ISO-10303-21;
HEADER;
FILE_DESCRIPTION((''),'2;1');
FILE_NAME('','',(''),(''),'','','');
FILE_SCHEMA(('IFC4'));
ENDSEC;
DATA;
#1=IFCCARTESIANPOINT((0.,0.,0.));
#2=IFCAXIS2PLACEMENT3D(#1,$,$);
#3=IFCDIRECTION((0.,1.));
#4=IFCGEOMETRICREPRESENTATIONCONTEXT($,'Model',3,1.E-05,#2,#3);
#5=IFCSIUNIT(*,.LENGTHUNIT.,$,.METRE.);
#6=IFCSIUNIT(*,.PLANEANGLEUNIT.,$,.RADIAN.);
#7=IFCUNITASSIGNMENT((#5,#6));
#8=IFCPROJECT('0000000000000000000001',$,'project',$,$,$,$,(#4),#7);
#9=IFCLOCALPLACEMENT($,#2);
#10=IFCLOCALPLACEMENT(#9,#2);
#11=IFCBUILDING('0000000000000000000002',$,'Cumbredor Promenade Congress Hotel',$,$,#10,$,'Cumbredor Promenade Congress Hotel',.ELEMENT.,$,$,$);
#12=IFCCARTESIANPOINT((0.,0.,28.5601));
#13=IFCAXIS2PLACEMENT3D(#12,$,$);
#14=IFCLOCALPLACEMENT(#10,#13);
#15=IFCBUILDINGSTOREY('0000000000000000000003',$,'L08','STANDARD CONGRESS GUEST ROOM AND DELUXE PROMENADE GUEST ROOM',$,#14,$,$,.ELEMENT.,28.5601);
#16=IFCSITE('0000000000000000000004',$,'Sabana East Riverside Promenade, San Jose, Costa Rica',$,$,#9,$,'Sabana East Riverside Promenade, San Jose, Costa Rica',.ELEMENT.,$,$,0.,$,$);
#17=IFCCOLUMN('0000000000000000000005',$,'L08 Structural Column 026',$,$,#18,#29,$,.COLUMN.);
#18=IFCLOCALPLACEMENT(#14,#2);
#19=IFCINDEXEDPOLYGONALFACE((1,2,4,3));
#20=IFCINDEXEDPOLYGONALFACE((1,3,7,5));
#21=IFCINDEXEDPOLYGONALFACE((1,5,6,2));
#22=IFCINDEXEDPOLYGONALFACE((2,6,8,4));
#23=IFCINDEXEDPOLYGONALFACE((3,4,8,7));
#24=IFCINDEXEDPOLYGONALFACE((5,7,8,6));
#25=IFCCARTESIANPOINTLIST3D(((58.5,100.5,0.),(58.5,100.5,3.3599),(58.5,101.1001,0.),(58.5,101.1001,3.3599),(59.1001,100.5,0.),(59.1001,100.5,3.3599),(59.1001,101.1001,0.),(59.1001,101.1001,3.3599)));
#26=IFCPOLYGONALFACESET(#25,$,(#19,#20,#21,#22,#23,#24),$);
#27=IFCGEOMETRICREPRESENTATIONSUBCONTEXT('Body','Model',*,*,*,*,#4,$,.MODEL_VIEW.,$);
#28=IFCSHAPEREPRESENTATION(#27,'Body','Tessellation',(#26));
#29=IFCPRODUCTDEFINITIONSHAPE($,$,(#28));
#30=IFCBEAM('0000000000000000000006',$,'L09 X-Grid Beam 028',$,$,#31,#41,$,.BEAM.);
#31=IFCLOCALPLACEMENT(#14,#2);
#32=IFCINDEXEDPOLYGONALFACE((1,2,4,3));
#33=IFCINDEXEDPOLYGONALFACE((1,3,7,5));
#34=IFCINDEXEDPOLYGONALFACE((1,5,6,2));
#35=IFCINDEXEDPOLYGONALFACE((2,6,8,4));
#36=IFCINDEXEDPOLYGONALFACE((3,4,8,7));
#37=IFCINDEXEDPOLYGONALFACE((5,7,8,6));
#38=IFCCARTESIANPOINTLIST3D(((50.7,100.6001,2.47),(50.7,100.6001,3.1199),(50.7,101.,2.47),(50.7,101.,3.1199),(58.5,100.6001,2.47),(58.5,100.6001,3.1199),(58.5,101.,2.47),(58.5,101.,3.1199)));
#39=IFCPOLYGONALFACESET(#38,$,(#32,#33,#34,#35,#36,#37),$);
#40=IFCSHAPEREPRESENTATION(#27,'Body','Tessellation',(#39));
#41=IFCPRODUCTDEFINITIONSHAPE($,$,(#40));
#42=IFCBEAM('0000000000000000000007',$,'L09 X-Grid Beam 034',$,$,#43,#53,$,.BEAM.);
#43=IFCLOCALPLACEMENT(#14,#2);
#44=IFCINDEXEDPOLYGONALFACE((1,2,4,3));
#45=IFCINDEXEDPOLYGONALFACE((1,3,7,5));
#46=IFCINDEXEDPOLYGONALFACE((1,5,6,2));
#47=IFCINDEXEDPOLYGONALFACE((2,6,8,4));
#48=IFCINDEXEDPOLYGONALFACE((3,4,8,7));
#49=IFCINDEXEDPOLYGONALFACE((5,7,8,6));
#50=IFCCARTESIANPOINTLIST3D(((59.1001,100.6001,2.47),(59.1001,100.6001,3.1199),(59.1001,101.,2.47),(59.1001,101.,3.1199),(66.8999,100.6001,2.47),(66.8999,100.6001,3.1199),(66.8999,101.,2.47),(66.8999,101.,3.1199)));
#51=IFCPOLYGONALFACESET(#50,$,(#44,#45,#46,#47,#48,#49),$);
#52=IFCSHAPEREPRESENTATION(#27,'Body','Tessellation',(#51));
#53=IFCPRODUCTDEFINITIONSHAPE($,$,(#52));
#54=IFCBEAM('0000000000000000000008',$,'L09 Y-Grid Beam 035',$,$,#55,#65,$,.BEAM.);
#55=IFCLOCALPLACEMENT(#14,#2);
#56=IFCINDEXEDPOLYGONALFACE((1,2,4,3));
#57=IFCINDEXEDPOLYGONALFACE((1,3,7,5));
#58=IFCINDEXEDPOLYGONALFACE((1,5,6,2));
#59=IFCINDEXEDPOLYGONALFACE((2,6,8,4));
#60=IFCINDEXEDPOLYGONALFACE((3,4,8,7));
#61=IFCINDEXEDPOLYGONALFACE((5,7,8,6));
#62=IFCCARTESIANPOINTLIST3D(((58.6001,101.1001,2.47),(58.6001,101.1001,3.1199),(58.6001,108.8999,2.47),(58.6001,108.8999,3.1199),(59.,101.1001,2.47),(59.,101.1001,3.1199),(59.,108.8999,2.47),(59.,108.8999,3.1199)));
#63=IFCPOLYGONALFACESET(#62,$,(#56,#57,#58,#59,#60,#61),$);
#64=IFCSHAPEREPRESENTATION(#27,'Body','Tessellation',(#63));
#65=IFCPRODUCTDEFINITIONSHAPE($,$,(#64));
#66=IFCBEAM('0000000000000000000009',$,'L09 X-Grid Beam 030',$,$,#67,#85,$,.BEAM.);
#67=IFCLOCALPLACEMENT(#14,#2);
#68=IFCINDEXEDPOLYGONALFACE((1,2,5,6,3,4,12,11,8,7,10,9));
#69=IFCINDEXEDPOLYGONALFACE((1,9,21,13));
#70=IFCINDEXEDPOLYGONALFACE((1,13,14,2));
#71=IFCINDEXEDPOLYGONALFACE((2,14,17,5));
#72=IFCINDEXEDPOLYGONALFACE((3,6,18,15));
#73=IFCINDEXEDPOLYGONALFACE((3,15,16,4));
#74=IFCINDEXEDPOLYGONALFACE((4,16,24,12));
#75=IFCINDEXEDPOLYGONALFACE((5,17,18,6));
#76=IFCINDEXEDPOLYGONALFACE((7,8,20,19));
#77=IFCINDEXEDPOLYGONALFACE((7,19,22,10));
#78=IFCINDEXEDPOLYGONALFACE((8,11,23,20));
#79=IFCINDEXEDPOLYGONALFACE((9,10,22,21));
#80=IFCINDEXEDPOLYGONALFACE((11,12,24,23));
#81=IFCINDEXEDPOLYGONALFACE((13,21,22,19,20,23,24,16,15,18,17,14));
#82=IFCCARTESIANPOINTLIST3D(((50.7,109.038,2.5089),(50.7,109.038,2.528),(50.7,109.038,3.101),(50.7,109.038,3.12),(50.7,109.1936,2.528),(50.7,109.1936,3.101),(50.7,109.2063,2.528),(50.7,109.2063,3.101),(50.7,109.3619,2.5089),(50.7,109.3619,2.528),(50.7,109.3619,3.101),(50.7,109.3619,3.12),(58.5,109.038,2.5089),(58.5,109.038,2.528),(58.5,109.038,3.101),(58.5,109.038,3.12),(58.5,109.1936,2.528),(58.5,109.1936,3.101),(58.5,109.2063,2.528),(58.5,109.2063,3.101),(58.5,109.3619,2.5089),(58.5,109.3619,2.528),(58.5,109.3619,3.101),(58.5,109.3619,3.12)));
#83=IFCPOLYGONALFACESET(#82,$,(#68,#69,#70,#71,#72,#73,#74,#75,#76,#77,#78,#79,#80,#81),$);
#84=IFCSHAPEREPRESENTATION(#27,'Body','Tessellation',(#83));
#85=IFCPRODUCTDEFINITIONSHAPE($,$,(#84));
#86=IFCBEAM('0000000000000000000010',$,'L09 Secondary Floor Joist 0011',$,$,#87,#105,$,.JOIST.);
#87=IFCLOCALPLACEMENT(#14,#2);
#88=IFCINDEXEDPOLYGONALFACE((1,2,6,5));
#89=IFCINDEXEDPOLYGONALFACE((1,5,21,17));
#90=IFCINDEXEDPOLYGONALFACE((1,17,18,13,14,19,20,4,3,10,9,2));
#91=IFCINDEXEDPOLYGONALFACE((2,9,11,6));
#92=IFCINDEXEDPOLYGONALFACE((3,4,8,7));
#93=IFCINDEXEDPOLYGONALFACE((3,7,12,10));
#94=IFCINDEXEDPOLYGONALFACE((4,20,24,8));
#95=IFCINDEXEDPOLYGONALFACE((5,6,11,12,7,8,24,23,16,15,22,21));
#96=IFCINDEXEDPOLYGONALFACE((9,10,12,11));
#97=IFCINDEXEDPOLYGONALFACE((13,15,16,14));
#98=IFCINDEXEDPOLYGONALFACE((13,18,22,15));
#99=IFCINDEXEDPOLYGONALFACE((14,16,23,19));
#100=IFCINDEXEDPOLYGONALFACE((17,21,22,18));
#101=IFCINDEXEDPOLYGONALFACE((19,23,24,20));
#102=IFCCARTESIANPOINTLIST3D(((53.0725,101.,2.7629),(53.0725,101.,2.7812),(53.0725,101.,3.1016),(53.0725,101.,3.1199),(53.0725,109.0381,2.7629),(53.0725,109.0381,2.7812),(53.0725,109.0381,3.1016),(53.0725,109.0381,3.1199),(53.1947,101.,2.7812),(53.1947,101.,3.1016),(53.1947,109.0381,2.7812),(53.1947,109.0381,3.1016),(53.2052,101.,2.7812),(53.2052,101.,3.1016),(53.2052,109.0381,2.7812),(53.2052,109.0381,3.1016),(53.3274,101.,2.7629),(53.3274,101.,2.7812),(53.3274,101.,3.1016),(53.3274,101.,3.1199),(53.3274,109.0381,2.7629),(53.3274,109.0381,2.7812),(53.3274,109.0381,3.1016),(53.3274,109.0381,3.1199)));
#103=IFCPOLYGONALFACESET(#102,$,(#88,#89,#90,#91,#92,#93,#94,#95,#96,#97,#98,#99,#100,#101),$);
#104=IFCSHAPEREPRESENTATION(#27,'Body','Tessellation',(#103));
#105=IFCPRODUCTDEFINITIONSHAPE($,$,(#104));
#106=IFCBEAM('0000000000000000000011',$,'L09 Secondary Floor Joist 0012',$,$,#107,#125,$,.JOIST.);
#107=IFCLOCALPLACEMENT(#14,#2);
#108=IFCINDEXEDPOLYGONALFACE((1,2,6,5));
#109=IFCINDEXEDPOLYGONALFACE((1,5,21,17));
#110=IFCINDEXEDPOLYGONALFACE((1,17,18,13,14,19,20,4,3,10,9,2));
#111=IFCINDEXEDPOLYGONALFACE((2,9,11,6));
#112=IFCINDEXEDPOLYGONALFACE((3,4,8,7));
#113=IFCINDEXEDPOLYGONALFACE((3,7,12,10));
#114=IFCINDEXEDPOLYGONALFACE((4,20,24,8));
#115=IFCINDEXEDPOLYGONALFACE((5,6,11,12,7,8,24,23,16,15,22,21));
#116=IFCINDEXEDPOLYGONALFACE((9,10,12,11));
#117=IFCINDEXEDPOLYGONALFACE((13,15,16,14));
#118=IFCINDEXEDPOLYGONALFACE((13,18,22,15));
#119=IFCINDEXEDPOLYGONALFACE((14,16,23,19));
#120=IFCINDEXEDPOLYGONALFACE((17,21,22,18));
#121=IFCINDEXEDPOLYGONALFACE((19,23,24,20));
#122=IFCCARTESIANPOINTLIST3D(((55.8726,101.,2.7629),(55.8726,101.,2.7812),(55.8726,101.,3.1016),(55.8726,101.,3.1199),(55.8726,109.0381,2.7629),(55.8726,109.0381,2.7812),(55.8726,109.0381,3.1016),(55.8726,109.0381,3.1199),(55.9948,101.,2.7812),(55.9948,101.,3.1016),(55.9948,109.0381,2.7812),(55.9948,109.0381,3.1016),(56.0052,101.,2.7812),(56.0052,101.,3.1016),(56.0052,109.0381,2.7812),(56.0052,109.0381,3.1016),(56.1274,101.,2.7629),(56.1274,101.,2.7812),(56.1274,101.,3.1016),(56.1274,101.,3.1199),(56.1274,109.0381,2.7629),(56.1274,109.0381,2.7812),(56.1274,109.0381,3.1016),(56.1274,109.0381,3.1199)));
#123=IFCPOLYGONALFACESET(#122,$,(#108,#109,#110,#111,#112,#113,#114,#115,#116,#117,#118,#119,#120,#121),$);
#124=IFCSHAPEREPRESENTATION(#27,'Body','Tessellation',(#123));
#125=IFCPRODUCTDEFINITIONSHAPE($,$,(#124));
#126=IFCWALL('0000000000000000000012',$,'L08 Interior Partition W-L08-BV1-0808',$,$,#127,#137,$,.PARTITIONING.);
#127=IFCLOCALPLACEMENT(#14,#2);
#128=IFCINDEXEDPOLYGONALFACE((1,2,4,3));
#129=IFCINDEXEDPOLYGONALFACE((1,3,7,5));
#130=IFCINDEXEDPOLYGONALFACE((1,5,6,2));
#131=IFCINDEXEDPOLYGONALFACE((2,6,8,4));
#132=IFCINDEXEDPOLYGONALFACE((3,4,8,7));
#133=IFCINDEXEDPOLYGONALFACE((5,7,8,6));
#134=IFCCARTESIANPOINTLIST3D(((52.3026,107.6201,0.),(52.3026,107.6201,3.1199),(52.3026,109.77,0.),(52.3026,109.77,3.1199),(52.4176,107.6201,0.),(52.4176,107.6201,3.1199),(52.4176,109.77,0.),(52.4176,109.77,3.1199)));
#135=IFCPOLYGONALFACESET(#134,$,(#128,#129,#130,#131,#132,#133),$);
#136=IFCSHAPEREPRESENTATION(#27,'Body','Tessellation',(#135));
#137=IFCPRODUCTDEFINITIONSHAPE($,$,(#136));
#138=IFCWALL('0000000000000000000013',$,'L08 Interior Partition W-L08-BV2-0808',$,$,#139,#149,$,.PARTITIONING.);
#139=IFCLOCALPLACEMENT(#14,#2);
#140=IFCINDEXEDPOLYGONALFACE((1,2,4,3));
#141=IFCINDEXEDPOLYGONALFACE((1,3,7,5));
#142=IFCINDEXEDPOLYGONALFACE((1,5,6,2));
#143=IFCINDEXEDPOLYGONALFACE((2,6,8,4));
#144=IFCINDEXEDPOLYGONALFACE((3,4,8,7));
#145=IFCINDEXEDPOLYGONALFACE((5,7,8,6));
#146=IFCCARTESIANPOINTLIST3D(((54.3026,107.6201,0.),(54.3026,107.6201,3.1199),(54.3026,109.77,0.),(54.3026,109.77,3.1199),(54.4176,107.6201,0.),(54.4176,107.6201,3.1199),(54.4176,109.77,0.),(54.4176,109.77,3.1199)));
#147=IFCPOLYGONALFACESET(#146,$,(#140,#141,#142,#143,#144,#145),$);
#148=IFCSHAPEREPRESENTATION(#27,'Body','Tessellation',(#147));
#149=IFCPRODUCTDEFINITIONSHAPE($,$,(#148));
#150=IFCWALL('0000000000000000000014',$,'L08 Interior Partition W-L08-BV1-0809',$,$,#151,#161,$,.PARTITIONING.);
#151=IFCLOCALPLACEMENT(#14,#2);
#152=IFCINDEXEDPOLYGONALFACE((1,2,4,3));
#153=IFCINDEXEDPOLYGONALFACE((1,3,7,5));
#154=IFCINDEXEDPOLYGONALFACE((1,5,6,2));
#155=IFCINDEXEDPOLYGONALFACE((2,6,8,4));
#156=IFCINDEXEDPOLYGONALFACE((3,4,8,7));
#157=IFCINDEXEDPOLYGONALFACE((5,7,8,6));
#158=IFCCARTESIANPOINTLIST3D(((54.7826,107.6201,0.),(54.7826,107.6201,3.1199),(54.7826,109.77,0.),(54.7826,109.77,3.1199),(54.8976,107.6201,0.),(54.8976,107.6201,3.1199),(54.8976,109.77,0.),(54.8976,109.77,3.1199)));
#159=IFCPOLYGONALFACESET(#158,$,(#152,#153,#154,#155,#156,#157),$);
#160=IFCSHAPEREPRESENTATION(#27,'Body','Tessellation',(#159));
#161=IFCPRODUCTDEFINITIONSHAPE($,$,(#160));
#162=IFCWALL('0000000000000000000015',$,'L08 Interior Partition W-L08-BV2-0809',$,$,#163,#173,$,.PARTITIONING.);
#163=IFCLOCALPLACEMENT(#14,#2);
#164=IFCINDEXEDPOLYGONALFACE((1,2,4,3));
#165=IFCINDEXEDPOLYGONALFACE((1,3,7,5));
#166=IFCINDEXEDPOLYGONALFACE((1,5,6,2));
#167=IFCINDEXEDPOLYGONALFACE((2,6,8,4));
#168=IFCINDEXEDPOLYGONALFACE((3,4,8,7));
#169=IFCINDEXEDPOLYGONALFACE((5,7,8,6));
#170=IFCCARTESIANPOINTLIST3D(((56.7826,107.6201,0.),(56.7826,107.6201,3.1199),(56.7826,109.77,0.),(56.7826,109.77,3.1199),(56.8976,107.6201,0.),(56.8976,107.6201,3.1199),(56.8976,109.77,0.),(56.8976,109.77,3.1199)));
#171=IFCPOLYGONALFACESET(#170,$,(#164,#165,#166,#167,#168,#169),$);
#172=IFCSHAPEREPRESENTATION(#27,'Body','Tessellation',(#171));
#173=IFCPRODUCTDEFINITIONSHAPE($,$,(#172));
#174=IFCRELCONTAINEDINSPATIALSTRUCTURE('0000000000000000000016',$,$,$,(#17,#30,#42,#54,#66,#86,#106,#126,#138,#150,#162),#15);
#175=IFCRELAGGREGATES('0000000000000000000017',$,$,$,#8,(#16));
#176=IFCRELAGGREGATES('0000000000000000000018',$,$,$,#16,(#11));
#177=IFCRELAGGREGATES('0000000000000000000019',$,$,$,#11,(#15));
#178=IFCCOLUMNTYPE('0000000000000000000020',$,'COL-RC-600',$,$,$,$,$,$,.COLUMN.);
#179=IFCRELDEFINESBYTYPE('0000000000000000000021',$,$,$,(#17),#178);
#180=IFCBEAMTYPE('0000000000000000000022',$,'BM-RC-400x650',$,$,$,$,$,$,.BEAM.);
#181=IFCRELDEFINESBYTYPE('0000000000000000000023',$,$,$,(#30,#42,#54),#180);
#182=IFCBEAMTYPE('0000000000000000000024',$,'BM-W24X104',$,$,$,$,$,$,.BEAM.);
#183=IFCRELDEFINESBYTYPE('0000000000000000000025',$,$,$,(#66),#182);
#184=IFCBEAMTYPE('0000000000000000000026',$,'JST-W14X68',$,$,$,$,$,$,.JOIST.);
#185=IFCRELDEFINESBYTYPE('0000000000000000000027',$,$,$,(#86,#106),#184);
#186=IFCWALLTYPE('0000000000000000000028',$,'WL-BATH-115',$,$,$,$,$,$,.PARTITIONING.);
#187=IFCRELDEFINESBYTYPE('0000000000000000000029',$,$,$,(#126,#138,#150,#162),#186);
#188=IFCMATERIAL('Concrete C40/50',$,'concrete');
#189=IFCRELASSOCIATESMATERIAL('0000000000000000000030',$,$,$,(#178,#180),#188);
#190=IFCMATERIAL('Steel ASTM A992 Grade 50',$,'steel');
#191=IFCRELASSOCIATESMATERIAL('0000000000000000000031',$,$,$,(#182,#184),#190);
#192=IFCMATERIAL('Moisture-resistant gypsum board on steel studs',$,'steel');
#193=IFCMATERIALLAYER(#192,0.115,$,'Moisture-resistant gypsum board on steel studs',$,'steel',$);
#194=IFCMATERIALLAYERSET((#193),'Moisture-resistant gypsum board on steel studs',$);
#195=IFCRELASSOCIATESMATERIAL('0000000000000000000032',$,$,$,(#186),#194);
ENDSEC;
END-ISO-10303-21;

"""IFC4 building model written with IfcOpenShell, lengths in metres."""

from ifc_helpers import new_model, si_unit, direction, frame, frame_2d, origin, origin_2d, place, context, subcontext, project, spatial, rectangle, i_section, extrude, material, layer, layer_set, material_profile, profile_set, type_object, element, save


model = new_model("IFC4")

# Units and contexts
model_context = context("Model", 3, precision=1e-05, world=origin(), true_north=direction((0.0, 1.0)))
body_context = subcontext(model_context, "Body", "Model", "MODEL_VIEW")
ifc_project = project(units=[si_unit("LENGTHUNIT", "METRE"), si_unit("PLANEANGLEUNIT", "RADIAN")], contexts=[model_context])

# Site, building, storey
site_placement = place(None, origin())
site = spatial("IfcSite", under=ifc_project, at=site_placement, Name="Sabana East Riverside Promenade, San Jose, Costa Rica", LongName="Sabana East Riverside Promenade, San Jose, Costa Rica", CompositionType="ELEMENT", RefElevation=0.0)
building_placement = place(site_placement, origin())
building = spatial("IfcBuilding", under=site, at=building_placement, Name="Cumbredor Promenade Congress Hotel", LongName="Cumbredor Promenade Congress Hotel", CompositionType="ELEMENT")
storey_placement = place(building_placement, frame((0.0, 0.0, 28.5601)))
storey = spatial("IfcBuildingStorey", under=building, at=storey_placement, Name="L08", Description="STANDARD CONGRESS GUEST ROOM AND DELUXE PROMENADE GUEST ROOM", CompositionType="ELEMENT", Elevation=28.5601)

# Column
ifc_material_1 = material(Name="Concrete C40/50", Category="concrete")
ifc_material_profile_1 = material_profile(ifc_material_1, rectangle(XDim=0.6001, YDim=0.6001, at=origin_2d()), Name="RC 600x600")
ifc_profile_set_1 = profile_set([ifc_material_profile_1], Name="Concrete C40/50")
column_type = type_object("IfcColumnType", Name="COL-RC-600", PredefinedType="COLUMN", material=ifc_profile_set_1)
column_placement = place(storey_placement, frame((58.8, 100.8, 0.0), z_axis=(0.0, 0.0, 1.0), x_axis=(1.0, 0.0, 0.0)))
element("IfcColumn", 1, at=column_placement, inside=storey, type_object=column_type, Name="L08 Structural Column 026", PredefinedType="COLUMN", context=body_context, shape_type="SweptSolid", body=[
    extrude(rectangle(XDim=0.6001, YDim=0.6001, at=origin_2d()), origin(), (0.0, 0.0, 1.0), 3.3599),
])

# Beams
ifc_material_profile_2 = material_profile(ifc_material_1, rectangle(XDim=0.3999, YDim=0.6499, at=origin_2d()), Name="RC BEAM 400x650")
ifc_profile_set_2 = profile_set([ifc_material_profile_2], Name="Concrete C40/50")
beam_type_1 = type_object("IfcBeamType", Name="BM-RC-400x650", PredefinedType="BEAM", material=ifc_profile_set_2)
beam_1_placement = place(storey_placement, frame((50.7, 100.8, 2.7949), z_axis=(1.0, 0.0, 0.0), x_axis=(0.0, 1.0, 0.0)))
element("IfcBeam", 2, at=beam_1_placement, inside=storey, type_object=beam_type_1, Name="L09 X-Grid Beam 028", PredefinedType="BEAM", context=body_context, shape_type="SweptSolid", body=[
    extrude(rectangle(XDim=0.3999, YDim=0.6499, at=origin_2d()), origin(), (0.0, 0.0, 1.0), 7.8),
])
for number, where, z_axis, x_axis, name in (
    (3, (59.1001, 100.8, 2.7949), (1.0, 0.0, 0.0), (0.0, 1.0, 0.0), "L09 X-Grid Beam 034"),
    (4, (58.8, 101.1001, 2.7949), (0.0, 1.0, 0.0), (-1.0, 0.0, 0.0), "L09 Y-Grid Beam 035"),
):
    element("IfcBeam", number, at=place(storey_placement, frame(where, z_axis=z_axis, x_axis=x_axis)), inside=storey, type_object=beam_type_1, Name=name, PredefinedType="BEAM", context=body_context, shape_type="SweptSolid", body=[
        extrude(rectangle(XDim=0.3999, YDim=0.6499, at=origin_2d()), origin(), (0.0, 0.0, 1.0), 7.7998),
    ])
ifc_material_2 = material(Name="Steel ASTM A992 Grade 50", Category="steel")
ifc_material_profile_3 = material_profile(ifc_material_2, i_section(OverallWidth=0.324, OverallDepth=0.6111, WebThickness=0.0127, FlangeThickness=0.019, at=origin_2d()), Name="W24X104")
ifc_profile_set_3 = profile_set([ifc_material_profile_3], Name="Steel ASTM A992 Grade 50")
beam_type_2 = type_object("IfcBeamType", Name="BM-W24X104", PredefinedType="BEAM", material=ifc_profile_set_3)
beam_2_placement = place(storey_placement, frame((50.7, 109.2, 2.8145), z_axis=(1.0, 0.0, 0.0), x_axis=(0.0, 1.0, 0.0)))
element("IfcBeam", 5, at=beam_2_placement, inside=storey, type_object=beam_type_2, Name="L09 X-Grid Beam 030", PredefinedType="BEAM", context=body_context, shape_type="SweptSolid", body=[
    extrude(i_section(OverallWidth=0.324, OverallDepth=0.6111, WebThickness=0.0127, FlangeThickness=0.019, at=origin_2d()), origin(), (0.0, 0.0, 1.0), 7.8),
])
ifc_material_profile_4 = material_profile(ifc_material_2, i_section(OverallWidth=0.2549, OverallDepth=0.3569, WebThickness=0.0105, FlangeThickness=0.0183, at=origin_2d()), Name="W14X68")
ifc_profile_set_4 = profile_set([ifc_material_profile_4], Name="Steel ASTM A992 Grade 50")
beam_type_3 = type_object("IfcBeamType", Name="JST-W14X68", PredefinedType="JOIST", material=ifc_profile_set_4)
for number, where, z_axis, x_axis, name in (
    (6, (53.2, 101.0, 2.9414), (0.0, 1.0, 0.0), (-1.0, 0.0, 0.0), "L09 Secondary Floor Joist 0011"),
    (7, (56.0, 101.0, 2.9414), (0.0, 1.0, 0.0), (-1.0, 0.0, 0.0), "L09 Secondary Floor Joist 0012"),
):
    element("IfcBeam", number, at=place(storey_placement, frame(where, z_axis=z_axis, x_axis=x_axis)), inside=storey, type_object=beam_type_3, Name=name, PredefinedType="JOIST", context=body_context, shape_type="SweptSolid", body=[
        extrude(i_section(OverallWidth=0.2549, OverallDepth=0.3569, WebThickness=0.0105, FlangeThickness=0.0183, at=origin_2d()), origin(), (0.0, 0.0, 1.0), 8.0381),
    ])

# Walls
ifc_material_3 = material(Name="Moisture-resistant gypsum board on steel studs", Category="steel")
ifc_layer_1 = layer(ifc_material_3, 0.115, Name="Moisture-resistant gypsum board on steel studs", Category="steel")
ifc_layer_set_1 = layer_set([ifc_layer_1], Name="Moisture-resistant gypsum board on steel studs")
wall_type_1 = type_object("IfcWallType", Name="WL-BATH-115", PredefinedType="PARTITIONING", material=ifc_layer_set_1)
for number, where, z_axis, x_axis, name in (
    (8, (52.3601, 107.6201, 0.0), (0.0, 0.0, 1.0), (0.0, 1.0, 0.0), "L08 Interior Partition W-L08-BV1-0808"),
    (9, (54.3601, 107.6201, 0.0), (0.0, 0.0, 1.0), (0.0, 1.0, 0.0), "L08 Interior Partition W-L08-BV2-0808"),
    (10, (54.8401, 107.6201, 0.0), (0.0, 0.0, 1.0), (0.0, 1.0, 0.0), "L08 Interior Partition W-L08-BV1-0809"),
    (11, (56.8401, 107.6201, 0.0), (0.0, 0.0, 1.0), (0.0, 1.0, 0.0), "L08 Interior Partition W-L08-BV2-0809"),
):
    element("IfcWall", number, at=place(storey_placement, frame(where, z_axis=z_axis, x_axis=x_axis)), inside=storey, type_object=wall_type_1, Name=name, PredefinedType="PARTITIONING", context=body_context, shape_type="SweptSolid", body=[
        extrude(rectangle(XDim=2.1499, YDim=0.115, at=frame_2d((1.075, 0.0))), origin(), (0.0, 0.0, 1.0), 3.1199),
    ])

save(model, "model.ifc")
